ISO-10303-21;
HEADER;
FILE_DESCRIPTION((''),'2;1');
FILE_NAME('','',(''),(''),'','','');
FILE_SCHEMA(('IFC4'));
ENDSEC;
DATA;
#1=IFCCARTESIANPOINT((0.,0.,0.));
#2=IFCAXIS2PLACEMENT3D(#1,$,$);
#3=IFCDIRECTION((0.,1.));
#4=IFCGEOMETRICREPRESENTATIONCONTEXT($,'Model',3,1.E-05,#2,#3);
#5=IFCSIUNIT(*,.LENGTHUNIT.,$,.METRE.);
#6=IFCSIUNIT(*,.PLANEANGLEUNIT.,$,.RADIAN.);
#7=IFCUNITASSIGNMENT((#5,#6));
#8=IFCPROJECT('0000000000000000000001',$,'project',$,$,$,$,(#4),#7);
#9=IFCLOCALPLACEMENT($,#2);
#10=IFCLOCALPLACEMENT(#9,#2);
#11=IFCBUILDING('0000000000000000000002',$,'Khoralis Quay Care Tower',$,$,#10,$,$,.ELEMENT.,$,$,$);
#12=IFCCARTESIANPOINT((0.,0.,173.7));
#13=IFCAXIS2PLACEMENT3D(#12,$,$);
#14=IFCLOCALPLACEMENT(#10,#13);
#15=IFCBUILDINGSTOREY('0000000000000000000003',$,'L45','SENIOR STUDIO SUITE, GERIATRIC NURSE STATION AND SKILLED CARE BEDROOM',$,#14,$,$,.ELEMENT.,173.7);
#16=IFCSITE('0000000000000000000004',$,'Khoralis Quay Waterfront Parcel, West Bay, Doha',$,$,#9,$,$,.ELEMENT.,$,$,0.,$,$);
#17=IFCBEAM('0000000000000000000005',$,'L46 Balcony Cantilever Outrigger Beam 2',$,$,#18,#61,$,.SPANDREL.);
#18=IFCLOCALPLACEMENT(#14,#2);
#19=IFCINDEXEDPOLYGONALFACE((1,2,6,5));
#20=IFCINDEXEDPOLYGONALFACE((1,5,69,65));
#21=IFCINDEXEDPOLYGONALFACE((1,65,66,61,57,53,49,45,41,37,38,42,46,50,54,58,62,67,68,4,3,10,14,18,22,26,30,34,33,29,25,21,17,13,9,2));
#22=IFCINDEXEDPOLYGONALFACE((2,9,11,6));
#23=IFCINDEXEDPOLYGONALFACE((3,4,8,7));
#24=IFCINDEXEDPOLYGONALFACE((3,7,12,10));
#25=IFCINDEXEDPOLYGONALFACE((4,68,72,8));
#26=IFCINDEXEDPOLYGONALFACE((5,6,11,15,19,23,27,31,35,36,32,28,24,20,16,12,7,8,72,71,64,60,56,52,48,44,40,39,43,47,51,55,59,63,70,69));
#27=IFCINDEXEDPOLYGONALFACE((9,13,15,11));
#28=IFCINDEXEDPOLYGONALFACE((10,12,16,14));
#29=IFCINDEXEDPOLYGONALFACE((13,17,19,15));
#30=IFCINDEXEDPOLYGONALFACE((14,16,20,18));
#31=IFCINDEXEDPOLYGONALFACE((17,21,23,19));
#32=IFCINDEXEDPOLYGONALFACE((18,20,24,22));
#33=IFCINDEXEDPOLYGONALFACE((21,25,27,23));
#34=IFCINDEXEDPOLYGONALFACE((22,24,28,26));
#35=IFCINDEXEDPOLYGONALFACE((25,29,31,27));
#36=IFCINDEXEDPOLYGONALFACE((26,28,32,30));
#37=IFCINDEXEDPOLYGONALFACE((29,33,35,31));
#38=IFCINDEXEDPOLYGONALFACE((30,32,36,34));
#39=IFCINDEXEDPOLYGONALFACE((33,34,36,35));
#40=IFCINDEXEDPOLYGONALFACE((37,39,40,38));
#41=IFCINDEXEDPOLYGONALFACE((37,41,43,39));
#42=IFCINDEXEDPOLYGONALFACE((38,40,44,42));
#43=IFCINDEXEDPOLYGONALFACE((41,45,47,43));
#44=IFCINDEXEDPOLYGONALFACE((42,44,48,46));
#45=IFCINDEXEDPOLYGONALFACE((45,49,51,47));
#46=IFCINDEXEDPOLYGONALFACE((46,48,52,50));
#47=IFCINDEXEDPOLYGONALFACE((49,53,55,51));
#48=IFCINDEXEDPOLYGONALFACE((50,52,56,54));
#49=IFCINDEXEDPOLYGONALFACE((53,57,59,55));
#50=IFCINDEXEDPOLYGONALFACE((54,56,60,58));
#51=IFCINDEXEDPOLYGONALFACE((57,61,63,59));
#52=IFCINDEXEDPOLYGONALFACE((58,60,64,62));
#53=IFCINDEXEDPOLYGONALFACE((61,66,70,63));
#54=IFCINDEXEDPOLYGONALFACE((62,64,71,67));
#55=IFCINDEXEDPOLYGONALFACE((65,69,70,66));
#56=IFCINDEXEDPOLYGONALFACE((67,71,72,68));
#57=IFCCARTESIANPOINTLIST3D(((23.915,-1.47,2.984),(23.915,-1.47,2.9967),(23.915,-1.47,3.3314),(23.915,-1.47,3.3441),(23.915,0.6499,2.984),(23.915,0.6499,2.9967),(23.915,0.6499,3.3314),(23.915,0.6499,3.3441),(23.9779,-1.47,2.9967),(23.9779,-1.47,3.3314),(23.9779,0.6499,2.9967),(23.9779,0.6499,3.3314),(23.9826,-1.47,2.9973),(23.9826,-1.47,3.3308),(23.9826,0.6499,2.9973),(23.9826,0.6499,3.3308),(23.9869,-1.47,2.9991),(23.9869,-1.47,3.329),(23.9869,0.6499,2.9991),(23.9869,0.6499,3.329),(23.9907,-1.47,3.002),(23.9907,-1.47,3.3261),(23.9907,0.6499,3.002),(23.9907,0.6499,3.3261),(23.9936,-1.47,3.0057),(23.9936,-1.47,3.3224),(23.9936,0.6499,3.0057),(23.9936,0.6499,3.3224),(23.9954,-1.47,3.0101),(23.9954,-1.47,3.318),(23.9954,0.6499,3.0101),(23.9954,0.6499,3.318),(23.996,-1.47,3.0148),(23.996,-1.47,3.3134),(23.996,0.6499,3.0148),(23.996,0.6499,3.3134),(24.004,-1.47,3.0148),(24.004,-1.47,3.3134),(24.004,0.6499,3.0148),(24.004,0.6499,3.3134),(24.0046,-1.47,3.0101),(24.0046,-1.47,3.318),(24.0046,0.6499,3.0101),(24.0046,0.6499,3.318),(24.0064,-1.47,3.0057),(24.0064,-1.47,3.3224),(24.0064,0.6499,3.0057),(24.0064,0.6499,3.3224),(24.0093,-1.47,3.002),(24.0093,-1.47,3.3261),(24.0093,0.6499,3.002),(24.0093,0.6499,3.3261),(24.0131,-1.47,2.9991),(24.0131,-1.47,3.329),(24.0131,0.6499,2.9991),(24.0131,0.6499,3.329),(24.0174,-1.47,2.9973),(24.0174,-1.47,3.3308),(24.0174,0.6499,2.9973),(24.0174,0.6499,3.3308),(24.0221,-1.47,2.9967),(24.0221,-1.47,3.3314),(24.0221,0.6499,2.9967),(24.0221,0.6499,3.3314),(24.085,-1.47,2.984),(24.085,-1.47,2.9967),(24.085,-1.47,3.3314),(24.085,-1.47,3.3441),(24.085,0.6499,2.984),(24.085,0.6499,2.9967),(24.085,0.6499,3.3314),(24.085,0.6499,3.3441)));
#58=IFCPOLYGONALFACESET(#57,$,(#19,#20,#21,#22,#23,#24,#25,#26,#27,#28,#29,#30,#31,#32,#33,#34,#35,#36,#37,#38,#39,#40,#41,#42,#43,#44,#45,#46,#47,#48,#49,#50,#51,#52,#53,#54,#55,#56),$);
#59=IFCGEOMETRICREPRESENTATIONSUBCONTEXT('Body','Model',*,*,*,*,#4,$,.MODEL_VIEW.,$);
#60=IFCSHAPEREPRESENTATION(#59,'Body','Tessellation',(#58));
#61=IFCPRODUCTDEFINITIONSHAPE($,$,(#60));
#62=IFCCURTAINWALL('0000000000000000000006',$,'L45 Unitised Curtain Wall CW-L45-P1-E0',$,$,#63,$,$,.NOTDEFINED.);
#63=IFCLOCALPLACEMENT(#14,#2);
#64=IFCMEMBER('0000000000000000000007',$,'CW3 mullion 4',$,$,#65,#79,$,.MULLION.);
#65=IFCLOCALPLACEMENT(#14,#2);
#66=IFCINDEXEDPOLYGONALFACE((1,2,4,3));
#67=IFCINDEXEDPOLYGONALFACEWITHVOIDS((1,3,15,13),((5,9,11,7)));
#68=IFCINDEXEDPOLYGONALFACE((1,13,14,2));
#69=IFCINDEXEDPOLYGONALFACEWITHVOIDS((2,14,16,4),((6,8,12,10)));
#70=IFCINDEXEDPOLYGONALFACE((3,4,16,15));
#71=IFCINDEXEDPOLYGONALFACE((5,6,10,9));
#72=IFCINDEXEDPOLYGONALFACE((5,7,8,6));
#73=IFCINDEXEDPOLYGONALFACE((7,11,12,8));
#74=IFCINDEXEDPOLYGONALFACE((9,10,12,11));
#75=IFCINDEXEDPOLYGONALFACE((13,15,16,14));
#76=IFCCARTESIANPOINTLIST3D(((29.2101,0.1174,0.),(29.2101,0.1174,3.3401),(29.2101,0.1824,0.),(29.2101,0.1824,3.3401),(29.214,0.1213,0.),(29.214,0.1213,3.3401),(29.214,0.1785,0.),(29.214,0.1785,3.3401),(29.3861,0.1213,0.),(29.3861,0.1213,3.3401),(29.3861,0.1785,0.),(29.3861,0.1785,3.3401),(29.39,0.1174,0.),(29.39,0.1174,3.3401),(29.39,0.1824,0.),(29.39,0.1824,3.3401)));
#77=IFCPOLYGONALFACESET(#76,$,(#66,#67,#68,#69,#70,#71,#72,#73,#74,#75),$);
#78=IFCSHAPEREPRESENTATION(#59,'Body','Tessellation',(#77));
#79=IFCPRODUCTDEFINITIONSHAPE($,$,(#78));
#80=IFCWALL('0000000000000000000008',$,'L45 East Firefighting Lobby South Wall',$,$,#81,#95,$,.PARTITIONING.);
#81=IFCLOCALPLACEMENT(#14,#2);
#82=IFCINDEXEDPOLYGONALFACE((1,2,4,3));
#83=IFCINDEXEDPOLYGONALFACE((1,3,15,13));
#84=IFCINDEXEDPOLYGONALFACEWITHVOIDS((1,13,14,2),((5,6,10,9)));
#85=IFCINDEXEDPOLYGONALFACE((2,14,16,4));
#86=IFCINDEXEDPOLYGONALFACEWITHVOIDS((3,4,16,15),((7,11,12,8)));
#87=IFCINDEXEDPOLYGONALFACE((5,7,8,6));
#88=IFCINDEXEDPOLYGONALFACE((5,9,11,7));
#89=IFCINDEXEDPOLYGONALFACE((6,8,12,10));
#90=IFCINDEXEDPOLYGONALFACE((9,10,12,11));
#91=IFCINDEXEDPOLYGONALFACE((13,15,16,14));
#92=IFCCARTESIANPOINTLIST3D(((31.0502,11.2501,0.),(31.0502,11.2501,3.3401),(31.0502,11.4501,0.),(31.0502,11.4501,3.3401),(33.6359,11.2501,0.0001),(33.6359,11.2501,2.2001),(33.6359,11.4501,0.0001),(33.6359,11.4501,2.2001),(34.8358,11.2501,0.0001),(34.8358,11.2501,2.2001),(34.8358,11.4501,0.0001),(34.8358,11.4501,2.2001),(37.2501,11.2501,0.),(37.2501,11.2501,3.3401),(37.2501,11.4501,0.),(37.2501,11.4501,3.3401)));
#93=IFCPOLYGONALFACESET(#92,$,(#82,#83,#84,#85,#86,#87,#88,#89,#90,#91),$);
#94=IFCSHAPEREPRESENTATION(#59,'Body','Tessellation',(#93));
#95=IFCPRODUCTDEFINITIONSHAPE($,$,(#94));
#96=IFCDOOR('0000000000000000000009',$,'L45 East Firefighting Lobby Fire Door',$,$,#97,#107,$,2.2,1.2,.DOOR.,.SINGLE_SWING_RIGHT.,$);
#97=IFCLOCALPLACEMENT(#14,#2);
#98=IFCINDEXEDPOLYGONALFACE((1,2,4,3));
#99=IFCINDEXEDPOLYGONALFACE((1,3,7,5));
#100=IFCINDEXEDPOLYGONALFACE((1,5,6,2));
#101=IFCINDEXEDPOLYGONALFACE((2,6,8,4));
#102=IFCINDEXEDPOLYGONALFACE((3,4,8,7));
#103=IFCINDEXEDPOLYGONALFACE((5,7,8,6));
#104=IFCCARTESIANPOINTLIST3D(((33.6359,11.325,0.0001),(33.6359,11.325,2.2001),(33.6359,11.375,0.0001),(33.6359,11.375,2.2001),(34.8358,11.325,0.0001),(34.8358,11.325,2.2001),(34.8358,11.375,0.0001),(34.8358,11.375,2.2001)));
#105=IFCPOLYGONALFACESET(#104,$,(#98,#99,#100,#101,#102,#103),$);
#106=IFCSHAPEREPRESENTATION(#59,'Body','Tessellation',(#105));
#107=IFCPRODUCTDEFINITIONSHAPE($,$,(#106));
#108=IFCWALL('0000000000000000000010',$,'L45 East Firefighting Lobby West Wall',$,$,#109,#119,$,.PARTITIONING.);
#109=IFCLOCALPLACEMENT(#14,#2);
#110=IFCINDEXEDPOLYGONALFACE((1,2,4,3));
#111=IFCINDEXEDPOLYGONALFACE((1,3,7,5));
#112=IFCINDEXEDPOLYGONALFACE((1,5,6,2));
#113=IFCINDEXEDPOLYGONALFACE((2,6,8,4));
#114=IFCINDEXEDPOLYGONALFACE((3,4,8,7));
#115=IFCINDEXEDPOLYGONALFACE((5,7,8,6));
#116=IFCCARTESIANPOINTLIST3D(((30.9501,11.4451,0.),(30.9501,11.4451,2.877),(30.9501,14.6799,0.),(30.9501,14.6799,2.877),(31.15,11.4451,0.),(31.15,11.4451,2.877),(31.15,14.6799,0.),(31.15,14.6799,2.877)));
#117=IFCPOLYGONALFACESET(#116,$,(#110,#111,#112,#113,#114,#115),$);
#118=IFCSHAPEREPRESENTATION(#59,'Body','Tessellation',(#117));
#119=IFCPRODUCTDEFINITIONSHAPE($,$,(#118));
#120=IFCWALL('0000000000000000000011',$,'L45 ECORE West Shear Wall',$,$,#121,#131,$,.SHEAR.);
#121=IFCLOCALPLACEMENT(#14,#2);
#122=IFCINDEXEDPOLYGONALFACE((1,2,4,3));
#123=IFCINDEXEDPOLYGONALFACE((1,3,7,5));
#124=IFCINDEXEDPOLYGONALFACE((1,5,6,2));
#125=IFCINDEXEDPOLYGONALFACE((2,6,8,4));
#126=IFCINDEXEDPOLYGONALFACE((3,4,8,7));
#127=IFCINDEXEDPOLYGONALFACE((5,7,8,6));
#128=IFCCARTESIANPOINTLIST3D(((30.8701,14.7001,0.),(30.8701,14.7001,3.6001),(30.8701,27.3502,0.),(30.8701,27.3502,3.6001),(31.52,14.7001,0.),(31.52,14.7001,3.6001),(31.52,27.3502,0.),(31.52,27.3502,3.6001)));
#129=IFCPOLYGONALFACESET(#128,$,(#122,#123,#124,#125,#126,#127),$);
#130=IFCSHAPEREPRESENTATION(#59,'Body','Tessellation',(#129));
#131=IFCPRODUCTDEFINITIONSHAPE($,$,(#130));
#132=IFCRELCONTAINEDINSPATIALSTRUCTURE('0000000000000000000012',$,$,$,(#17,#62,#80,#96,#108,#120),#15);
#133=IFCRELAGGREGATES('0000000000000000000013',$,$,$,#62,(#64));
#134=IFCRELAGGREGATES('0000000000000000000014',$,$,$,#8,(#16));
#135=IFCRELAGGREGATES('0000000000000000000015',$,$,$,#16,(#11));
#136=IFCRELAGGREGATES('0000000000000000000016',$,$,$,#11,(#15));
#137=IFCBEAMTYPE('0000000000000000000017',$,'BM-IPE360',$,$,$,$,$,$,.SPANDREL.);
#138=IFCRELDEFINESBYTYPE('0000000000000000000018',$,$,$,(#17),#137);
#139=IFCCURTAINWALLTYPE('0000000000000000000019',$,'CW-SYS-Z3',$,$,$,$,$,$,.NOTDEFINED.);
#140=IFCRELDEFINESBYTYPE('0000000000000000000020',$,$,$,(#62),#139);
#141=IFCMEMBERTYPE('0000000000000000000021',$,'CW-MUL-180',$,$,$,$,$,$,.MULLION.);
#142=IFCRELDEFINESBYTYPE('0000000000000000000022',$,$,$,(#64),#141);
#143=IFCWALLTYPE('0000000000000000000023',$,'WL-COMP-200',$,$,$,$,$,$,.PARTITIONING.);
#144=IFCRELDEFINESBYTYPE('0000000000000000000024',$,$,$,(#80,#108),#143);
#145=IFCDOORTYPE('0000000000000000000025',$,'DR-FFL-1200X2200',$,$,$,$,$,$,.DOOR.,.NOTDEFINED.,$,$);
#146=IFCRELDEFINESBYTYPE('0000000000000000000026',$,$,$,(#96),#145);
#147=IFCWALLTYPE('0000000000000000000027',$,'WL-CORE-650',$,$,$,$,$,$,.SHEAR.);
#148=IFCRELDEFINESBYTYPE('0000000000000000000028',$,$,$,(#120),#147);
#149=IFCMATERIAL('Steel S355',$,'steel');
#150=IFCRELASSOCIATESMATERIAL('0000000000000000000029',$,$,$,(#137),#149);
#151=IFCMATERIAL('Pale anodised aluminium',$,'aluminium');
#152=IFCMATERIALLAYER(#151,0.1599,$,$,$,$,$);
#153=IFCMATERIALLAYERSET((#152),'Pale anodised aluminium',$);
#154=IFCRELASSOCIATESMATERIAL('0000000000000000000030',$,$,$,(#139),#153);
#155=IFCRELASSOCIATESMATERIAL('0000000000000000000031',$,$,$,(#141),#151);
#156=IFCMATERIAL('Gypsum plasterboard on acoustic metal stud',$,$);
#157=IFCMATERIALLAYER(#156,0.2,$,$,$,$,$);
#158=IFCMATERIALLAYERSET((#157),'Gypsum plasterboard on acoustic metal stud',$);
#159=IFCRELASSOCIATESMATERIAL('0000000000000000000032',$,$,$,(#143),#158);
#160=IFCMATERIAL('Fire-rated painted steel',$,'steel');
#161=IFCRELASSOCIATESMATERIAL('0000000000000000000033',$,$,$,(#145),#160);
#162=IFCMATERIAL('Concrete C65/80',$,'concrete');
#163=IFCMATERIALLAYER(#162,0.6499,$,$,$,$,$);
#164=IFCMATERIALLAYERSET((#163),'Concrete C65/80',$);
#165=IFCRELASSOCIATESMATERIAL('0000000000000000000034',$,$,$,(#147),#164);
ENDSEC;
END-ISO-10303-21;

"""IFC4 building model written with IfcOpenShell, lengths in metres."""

from ifc_helpers import new_model, si_unit, direction, frame, frame_2d, origin, origin_2d, place, context, subcontext, project, spatial, rectangle, hollow_rectangle, i_section, extrude, source, transform, mapped, material, layer, layer_set, material_profile, profile_set, type_object, element, fill, aggregate, save


model = new_model("IFC4")

# Units and contexts
model_context = context("Model", 3, precision=1e-05, world=origin(), true_north=direction((0.0, 1.0)))
body_context = subcontext(model_context, "Body", "Model", "MODEL_VIEW")
ifc_project = project(units=[si_unit("LENGTHUNIT", "METRE"), si_unit("PLANEANGLEUNIT", "RADIAN")], contexts=[model_context])

# Site, building, storey
site_placement = place(None, origin())
site = spatial("IfcSite", under=ifc_project, at=site_placement, Name="Khoralis Quay Waterfront Parcel, West Bay, Doha", CompositionType="ELEMENT", RefElevation=0.0)
building_placement = place(site_placement, origin())
building = spatial("IfcBuilding", under=site, at=building_placement, Name="Khoralis Quay Care Tower", CompositionType="ELEMENT")
storey_placement = place(building_placement, frame((0.0, 0.0, 173.7)))
storey = spatial("IfcBuildingStorey", under=building, at=storey_placement, Name="L45", Description="SENIOR STUDIO SUITE, GERIATRIC NURSE STATION AND SKILLED CARE BEDROOM", CompositionType="ELEMENT", Elevation=173.7)

# Shared definitions
ifc_material_1 = material(Name="Concrete C65/80", Category="concrete")

# Beam
ifc_material_2 = material(Name="Steel S355", Category="steel")
ifc_material_profile_1 = material_profile(ifc_material_2, i_section(OverallWidth=0.1699, OverallDepth=0.3601, WebThickness=0.0081, FlangeThickness=0.0127, FilletRadius=0.0181, at=origin_2d()), Name="Steel S355")
ifc_profile_set_1 = profile_set([ifc_material_profile_1], Name="Steel S355")
beam_type_1 = type_object("IfcBeamType", Name="BM-IPE360", PredefinedType="SPANDREL", material=ifc_profile_set_1)
shared_shape_1 = source(origin(), body_context, "Body", "SweptSolid", [
    extrude(i_section(OverallWidth=0.1699, OverallDepth=0.3601, WebThickness=0.0081, FlangeThickness=0.0127, FilletRadius=0.0181, at=origin_2d()), origin(), (0.0, 0.0, 1.0), 2.1199),
])
beam_1_placement = place(storey_placement, frame((24.0, 0.6499, 3.1641), z_axis=(0.0, -1.0, 0.0), x_axis=(1.0, 0.0, 0.0)))
element("IfcBeam", 1, at=beam_1_placement, inside=storey, type_object=beam_type_1, Name="L46 Balcony Cantilever Outrigger Beam 2", PredefinedType="SPANDREL", context=body_context, shape_type="MappedRepresentation", body=[
    mapped(shared_shape_1, transform((0.0, 0.0, 0.0), scale=1.0)),
])

# Curtain wall, member
ifc_material_3 = material(Name="Pale anodised aluminium", Category="aluminium")
ifc_layer_1 = layer(ifc_material_3, 0.1599)
ifc_layer_set_1 = layer_set([ifc_layer_1], Name="Pale anodised aluminium")
curtain_wall_type = type_object("IfcCurtainWallType", Name="CW-SYS-Z3", PredefinedType="NOTDEFINED", material=ifc_layer_set_1)
curtain_wall_placement = place(storey_placement, origin())
curtain_wall = element("IfcCurtainWall", 2, at=curtain_wall_placement, inside=storey, type_object=curtain_wall_type, Name="L45 Unitised Curtain Wall CW-L45-P1-E0", PredefinedType="NOTDEFINED")
ifc_material_profile_2 = material_profile(ifc_material_3, hollow_rectangle(XDim=0.0649, YDim=0.1799, WallThickness=0.0039, at=origin_2d()), Name="Pale anodised aluminium")
ifc_profile_set_2 = profile_set([ifc_material_profile_2], Name="Pale anodised aluminium")
member_type = type_object("IfcMemberType", Name="CW-MUL-180", PredefinedType="MULLION", material=ifc_profile_set_2)
shared_shape_2 = source(origin(), body_context, "Body", "SweptSolid", [
    extrude(hollow_rectangle(XDim=0.0649, YDim=0.1799, WallThickness=0.0039, at=origin_2d()), origin(), (0.0, 0.0, 1.0), 3.3401),
])
member_placement = place(storey_placement, frame((29.3, 0.1499, 0.0), z_axis=(0.0, 0.0, 1.0), x_axis=(0.0, 1.0, 0.0)))
member = element("IfcMember", 3, at=member_placement, type_object=member_type, Name="CW3 mullion 4", PredefinedType="MULLION", context=body_context, shape_type="MappedRepresentation", body=[
    mapped(shared_shape_2, transform((0.0, 0.0, 0.0), scale=1.0)),
])
aggregate(curtain_wall, [member])

# Wall, opening, door
ifc_material_4 = material(Name="Gypsum plasterboard on acoustic metal stud")
ifc_layer_2 = layer(ifc_material_4, 0.2)
ifc_layer_set_2 = layer_set([ifc_layer_2], Name="Gypsum plasterboard on acoustic metal stud")
wall_type_1 = type_object("IfcWallType", Name="WL-COMP-200", PredefinedType="PARTITIONING", material=ifc_layer_set_2)
wall_1_placement = place(storey_placement, frame((31.05, 11.3501, 0.0), z_axis=(0.0, 0.0, 1.0), x_axis=(1.0, 0.0, 0.0)))
wall_1 = element("IfcWall", 4, at=wall_1_placement, inside=storey, type_object=wall_type_1, Name="L45 East Firefighting Lobby South Wall", PredefinedType="PARTITIONING", context=body_context, shape_type="SweptSolid", body=[
    extrude(rectangle(XDim=6.2, YDim=0.2, at=frame_2d((3.1001, 0.0))), origin(), (0.0, 0.0, 1.0), 3.3401),
])
opening_1_placement = place(wall_1_placement, frame((2.5857, 0.0, 0.0)))
opening_1 = element("IfcOpeningElement", 5, at=opening_1_placement, cuts=wall_1, PredefinedType="OPENING", context=body_context, shape_type="SweptSolid", body=[
    extrude(rectangle(XDim=1.2, YDim=2.2, at=frame_2d((0.6001, 1.1001))), frame((0.0, 0.1099, 0.0), z_axis=(0.0, -1.0, 0.0), x_axis=(1.0, 0.0, 0.0)), (0.0, 0.0, 1.0), 0.22),
])
ifc_material_5 = material(Name="Fire-rated painted steel", Category="steel")
door_type_1 = type_object("IfcDoorType", Name="DR-FFL-1200X2200", OperationType="NOTDEFINED", PredefinedType="DOOR", material=ifc_material_5)
shared_shape_3 = source(origin(), body_context, "Body", "SweptSolid", [
    extrude(rectangle(XDim=1.2, YDim=2.2, at=frame_2d((0.6001, 1.1001))), frame((0.0, 0.0249, 0.0), z_axis=(0.0, -1.0, 0.0), x_axis=(1.0, 0.0, 0.0)), (0.0, 0.0, 1.0), 0.05),
])
door_1_placement = place(opening_1_placement, origin())
door_1 = element("IfcDoor", 6, at=door_1_placement, inside=storey, type_object=door_type_1, Name="L45 East Firefighting Lobby Fire Door", OperationType="SINGLE_SWING_RIGHT", OverallHeight=2.2, OverallWidth=1.2, PredefinedType="DOOR", context=body_context, shape_type="MappedRepresentation", body=[
    mapped(shared_shape_3, transform((0.0, 0.0, 0.0), scale=1.0)),
])
fill(opening_1, door_1)

# Walls
wall_2_placement = place(storey_placement, frame((31.05, 11.4451, 0.0), z_axis=(0.0, 0.0, 1.0), x_axis=(0.0, 1.0, 0.0)))
element("IfcWall", 7, at=wall_2_placement, inside=storey, type_object=wall_type_1, Name="L45 East Firefighting Lobby West Wall", PredefinedType="PARTITIONING", context=body_context, shape_type="SweptSolid", body=[
    extrude(rectangle(XDim=3.2349, YDim=0.2, at=frame_2d((1.6174, 0.0))), origin(), (0.0, 0.0, 1.0), 2.877),
])
ifc_layer_3 = layer(ifc_material_1, 0.6499)
ifc_layer_set_3 = layer_set([ifc_layer_3], Name="Concrete C65/80")
wall_type_2 = type_object("IfcWallType", Name="WL-CORE-650", PredefinedType="SHEAR", material=ifc_layer_set_3)
wall_3_placement = place(storey_placement, frame((31.1951, 14.7, 0.0), z_axis=(0.0, 0.0, 1.0), x_axis=(0.0, 1.0, 0.0)))
element("IfcWall", 8, at=wall_3_placement, inside=storey, type_object=wall_type_2, Name="L45 ECORE West Shear Wall", PredefinedType="SHEAR", context=body_context, shape_type="SweptSolid", body=[
    extrude(rectangle(XDim=12.6501, YDim=0.6499, at=frame_2d((6.3252, 0.0))), origin(), (0.0, 0.0, 1.0), 3.6001),
])

save(model, "model.ifc")
